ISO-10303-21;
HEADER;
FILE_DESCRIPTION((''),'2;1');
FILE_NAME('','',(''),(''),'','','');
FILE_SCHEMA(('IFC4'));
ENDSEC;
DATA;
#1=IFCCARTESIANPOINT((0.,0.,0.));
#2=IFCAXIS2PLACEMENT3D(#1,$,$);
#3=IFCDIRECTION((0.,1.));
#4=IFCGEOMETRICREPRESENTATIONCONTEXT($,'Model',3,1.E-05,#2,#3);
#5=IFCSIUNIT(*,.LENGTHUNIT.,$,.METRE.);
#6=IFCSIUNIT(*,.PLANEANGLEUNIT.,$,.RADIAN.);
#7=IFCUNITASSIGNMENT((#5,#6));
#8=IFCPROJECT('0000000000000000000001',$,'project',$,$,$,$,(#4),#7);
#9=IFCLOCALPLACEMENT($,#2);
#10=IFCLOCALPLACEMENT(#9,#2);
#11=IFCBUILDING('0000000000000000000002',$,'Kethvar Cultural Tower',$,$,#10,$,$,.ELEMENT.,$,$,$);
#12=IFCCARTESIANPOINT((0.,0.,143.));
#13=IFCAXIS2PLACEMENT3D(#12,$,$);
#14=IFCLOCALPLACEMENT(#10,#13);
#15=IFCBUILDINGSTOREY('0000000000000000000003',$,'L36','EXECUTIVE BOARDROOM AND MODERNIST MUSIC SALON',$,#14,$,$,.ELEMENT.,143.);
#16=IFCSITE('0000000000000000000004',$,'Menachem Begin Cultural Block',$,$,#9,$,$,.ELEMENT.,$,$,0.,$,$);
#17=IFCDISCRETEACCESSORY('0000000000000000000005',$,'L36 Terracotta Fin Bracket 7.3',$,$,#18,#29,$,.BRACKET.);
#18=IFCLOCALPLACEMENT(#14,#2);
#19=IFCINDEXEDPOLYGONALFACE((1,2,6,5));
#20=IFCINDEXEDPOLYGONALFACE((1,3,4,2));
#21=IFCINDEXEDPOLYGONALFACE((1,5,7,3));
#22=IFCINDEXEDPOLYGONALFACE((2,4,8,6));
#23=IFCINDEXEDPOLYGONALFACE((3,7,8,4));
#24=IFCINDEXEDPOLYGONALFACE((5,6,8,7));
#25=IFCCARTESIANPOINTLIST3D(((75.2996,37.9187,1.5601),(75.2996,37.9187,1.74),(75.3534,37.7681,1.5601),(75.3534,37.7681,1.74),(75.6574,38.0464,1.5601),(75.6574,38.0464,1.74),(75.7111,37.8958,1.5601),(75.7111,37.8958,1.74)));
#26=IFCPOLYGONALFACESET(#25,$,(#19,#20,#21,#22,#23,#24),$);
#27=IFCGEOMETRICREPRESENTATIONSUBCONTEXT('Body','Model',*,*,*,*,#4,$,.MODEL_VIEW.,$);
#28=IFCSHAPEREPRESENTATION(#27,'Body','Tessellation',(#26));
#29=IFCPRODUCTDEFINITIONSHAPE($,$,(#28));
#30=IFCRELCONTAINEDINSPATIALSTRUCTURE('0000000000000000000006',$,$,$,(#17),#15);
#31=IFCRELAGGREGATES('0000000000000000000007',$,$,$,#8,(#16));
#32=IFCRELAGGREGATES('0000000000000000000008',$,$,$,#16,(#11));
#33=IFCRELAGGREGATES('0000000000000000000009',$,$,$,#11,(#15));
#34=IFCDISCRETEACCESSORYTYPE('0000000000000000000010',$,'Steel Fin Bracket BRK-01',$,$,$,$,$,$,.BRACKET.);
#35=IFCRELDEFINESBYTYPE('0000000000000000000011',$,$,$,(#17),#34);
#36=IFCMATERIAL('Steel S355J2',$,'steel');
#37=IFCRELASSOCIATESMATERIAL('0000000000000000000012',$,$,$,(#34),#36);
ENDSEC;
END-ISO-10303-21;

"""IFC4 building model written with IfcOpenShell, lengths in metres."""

from ifc_helpers import new_model, si_unit, direction, frame, origin, origin_2d, place, context, subcontext, project, spatial, rectangle, extrude, source, transform, mapped, material, type_object, element, save


model = new_model("IFC4")

# Units and contexts
model_context = context("Model", 3, precision=1e-05, world=origin(), true_north=direction((0.0, 1.0)))
body_context = subcontext(model_context, "Body", "Model", "MODEL_VIEW")
ifc_project = project(units=[si_unit("LENGTHUNIT", "METRE"), si_unit("PLANEANGLEUNIT", "RADIAN")], contexts=[model_context])

# Site, building, storey
site_placement = place(None, origin())
site = spatial("IfcSite", under=ifc_project, at=site_placement, Name="Menachem Begin Cultural Block", CompositionType="ELEMENT", RefElevation=0.0)
building_placement = place(site_placement, origin())
building = spatial("IfcBuilding", under=site, at=building_placement, Name="Kethvar Cultural Tower", CompositionType="ELEMENT")
storey_placement = place(building_placement, frame((0.0, 0.0, 143.0)))
storey = spatial("IfcBuildingStorey", under=building, at=storey_placement, Name="L36", Description="EXECUTIVE BOARDROOM AND MODERNIST MUSIC SALON", CompositionType="ELEMENT", Elevation=143.0)

# Shared definitions
ifc_material_1 = material(Name="Steel S355J2", Category="steel")

# Discrete accessory
discrete_accessory_type = type_object("IfcDiscreteAccessoryType", Name="Steel Fin Bracket BRK-01", PredefinedType="BRACKET", material=ifc_material_1)
shared_shape_1 = source(origin(), body_context, "Body", "SweptSolid", [
    extrude(rectangle(XDim=0.3799, YDim=0.1599, at=origin_2d()), origin(), (0.0, 0.0, 1.0), 0.1799),
])
for number, where, z_axis, x_axis, name in (
    (1, (75.5054, 37.9072, 1.5601), (0.0, 0.0, 1.0), (0.941823, 0.336109, 0.0), "L36 Terracotta Fin Bracket 7.3"),
):
    element("IfcDiscreteAccessory", number, at=place(storey_placement, frame(where, z_axis=z_axis, x_axis=x_axis)), inside=storey, type_object=discrete_accessory_type, Name=name, PredefinedType="BRACKET", context=body_context, shape_type="MappedRepresentation", body=[
        mapped(shared_shape_1, transform((0.0, 0.0, 0.0), scale=1.0)),
    ])

save(model, "model.ifc")
